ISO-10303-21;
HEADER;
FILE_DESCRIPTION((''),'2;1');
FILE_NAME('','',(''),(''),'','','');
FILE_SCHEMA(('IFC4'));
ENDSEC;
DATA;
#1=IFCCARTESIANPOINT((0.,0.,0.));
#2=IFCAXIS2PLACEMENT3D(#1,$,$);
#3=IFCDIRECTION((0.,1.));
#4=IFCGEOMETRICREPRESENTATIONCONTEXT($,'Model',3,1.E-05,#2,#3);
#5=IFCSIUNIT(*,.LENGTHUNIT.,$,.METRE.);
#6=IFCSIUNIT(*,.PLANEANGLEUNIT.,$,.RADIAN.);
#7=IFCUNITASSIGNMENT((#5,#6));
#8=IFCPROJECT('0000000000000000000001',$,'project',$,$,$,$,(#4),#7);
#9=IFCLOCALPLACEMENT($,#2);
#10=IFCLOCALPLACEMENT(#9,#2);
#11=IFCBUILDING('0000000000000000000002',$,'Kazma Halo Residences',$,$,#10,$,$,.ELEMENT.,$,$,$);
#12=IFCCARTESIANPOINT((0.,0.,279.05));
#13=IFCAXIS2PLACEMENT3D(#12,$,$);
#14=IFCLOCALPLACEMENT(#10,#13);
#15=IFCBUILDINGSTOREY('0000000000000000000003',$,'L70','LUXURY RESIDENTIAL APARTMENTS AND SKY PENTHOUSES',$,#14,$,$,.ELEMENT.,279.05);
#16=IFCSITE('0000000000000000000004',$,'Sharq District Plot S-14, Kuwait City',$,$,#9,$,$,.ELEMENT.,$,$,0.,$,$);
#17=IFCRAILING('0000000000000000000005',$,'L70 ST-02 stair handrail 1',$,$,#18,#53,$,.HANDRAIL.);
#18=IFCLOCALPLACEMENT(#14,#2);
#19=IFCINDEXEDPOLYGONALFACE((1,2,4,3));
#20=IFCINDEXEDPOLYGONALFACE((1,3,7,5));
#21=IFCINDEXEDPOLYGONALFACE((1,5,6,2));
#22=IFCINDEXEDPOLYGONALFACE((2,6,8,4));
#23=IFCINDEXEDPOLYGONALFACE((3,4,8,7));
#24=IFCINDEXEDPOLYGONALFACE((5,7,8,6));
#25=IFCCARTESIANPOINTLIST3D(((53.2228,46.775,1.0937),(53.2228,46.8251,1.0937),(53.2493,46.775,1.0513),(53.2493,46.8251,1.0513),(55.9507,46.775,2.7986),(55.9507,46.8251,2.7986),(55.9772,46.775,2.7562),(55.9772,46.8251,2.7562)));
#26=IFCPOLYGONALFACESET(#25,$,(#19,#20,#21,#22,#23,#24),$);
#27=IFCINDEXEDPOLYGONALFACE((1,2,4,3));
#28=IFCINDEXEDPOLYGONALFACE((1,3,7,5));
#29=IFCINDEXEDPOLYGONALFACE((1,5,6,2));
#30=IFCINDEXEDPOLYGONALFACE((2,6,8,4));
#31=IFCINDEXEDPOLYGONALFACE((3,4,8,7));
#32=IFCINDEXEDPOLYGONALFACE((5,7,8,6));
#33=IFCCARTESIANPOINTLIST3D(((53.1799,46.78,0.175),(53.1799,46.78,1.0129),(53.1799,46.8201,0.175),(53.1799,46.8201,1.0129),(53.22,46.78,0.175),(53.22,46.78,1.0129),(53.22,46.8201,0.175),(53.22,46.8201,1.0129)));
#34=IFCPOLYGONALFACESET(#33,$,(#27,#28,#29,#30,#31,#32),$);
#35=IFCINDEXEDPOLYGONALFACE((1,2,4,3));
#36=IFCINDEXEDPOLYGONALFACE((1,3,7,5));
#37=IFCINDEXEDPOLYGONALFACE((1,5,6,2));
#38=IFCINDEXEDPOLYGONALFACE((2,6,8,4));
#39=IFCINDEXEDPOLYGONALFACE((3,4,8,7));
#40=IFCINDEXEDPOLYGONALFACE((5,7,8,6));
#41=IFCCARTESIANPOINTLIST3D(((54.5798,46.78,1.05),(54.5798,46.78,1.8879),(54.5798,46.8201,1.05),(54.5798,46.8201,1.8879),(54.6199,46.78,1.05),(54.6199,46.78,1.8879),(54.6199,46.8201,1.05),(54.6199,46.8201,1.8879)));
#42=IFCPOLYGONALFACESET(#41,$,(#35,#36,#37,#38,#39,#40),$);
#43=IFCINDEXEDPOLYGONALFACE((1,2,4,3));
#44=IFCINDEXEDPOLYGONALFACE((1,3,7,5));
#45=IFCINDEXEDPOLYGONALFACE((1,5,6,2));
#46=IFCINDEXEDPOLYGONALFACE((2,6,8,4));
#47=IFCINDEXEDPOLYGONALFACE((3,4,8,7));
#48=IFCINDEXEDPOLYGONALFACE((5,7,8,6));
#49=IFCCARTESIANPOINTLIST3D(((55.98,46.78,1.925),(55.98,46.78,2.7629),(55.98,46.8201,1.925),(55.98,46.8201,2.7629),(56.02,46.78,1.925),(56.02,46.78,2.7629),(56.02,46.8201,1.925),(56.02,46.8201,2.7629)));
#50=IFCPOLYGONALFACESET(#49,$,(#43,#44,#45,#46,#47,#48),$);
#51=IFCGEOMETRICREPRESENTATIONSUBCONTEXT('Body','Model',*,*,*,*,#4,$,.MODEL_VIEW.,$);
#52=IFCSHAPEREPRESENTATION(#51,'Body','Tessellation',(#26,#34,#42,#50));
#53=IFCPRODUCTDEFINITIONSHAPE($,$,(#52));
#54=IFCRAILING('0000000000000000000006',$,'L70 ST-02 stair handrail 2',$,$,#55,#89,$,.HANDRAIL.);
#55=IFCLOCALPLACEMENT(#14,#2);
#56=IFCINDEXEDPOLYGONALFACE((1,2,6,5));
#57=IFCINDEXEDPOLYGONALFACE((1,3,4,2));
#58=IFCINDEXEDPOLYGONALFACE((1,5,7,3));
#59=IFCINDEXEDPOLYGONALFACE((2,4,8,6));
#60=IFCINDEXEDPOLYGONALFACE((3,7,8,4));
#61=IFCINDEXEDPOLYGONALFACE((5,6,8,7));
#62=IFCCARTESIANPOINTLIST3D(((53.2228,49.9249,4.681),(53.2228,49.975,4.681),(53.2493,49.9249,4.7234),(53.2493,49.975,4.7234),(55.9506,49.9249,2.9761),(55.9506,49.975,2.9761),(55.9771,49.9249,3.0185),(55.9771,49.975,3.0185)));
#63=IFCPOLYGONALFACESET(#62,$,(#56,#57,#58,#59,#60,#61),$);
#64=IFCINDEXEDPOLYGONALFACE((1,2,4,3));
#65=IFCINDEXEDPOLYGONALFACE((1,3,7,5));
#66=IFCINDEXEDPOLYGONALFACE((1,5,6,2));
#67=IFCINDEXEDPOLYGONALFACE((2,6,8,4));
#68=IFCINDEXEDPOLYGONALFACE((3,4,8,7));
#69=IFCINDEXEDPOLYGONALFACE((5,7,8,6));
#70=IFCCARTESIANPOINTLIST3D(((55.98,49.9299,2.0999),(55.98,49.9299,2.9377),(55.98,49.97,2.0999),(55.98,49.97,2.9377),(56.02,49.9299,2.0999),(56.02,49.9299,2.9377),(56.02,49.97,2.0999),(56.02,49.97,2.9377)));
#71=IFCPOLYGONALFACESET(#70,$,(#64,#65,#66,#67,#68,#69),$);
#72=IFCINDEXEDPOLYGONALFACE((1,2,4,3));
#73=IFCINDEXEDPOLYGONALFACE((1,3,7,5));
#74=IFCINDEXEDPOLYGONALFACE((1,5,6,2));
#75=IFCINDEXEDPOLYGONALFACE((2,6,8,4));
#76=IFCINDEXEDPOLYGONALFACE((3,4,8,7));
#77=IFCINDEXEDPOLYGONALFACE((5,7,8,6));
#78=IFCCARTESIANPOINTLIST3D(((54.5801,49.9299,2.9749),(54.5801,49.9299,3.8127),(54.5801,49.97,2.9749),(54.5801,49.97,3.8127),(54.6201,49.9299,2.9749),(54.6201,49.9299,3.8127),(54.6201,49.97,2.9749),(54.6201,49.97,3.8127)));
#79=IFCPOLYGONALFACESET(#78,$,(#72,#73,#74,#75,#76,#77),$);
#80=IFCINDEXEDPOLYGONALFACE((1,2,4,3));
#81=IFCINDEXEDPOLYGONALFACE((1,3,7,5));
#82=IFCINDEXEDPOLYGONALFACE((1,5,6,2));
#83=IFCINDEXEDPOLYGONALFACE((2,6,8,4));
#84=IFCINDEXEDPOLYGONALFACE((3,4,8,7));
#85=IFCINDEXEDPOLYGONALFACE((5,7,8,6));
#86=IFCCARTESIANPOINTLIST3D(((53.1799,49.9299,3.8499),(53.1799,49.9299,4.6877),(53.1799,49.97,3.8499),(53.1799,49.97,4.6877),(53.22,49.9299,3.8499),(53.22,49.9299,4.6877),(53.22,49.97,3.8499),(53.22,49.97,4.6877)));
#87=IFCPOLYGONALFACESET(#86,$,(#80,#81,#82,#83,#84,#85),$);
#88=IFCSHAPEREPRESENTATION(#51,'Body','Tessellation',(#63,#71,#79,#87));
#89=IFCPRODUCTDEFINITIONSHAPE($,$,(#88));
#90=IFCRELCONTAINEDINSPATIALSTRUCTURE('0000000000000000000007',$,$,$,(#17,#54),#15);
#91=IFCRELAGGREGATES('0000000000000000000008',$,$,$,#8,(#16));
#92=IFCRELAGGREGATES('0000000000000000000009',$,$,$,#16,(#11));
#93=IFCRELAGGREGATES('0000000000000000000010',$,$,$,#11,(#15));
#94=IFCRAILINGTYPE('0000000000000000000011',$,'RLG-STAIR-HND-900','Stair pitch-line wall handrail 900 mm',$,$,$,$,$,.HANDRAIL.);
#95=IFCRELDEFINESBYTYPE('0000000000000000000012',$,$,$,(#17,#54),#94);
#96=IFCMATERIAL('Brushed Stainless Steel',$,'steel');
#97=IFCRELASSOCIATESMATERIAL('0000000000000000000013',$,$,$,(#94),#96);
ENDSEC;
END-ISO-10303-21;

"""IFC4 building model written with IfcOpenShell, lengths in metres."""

from ifc_helpers import new_model, si_unit, direction, frame, origin, origin_2d, place, context, subcontext, project, spatial, rectangle, extrude, material, type_object, element, save


model = new_model("IFC4")

# Units and contexts
model_context = context("Model", 3, precision=1e-05, world=origin(), true_north=direction((0.0, 1.0)))
body_context = subcontext(model_context, "Body", "Model", "MODEL_VIEW")
ifc_project = project(units=[si_unit("LENGTHUNIT", "METRE"), si_unit("PLANEANGLEUNIT", "RADIAN")], contexts=[model_context])

# Site, building, storey
site_placement = place(None, origin())
site = spatial("IfcSite", under=ifc_project, at=site_placement, Name="Sharq District Plot S-14, Kuwait City", CompositionType="ELEMENT", RefElevation=0.0)
building_placement = place(site_placement, origin())
building = spatial("IfcBuilding", under=site, at=building_placement, Name="Kazma Halo Residences", CompositionType="ELEMENT")
storey_placement = place(building_placement, frame((0.0, 0.0, 279.05)))
storey = spatial("IfcBuildingStorey", under=building, at=storey_placement, Name="L70", Description="LUXURY RESIDENTIAL APARTMENTS AND SKY PENTHOUSES", CompositionType="ELEMENT", Elevation=279.05)

# Railings
ifc_material_1 = material(Name="Brushed Stainless Steel", Category="steel")
railing_type_1 = type_object("IfcRailingType", Name="RLG-STAIR-HND-900", Description="Stair pitch-line wall handrail 900 mm", PredefinedType="HANDRAIL", material=ifc_material_1)
railing_1_placement = place(storey_placement, frame((53.2, 46.8, 0.175)))
element("IfcRailing", 1, at=railing_1_placement, inside=storey, type_object=railing_type_1, Name="L70 ST-02 stair handrail 1", PredefinedType="HANDRAIL", context=body_context, shape_type="SweptSolid", body=[
    extrude(rectangle(XDim=0.05, YDim=0.05, at=origin_2d()), frame((0.0361, 0.0, 0.8975), z_axis=(0.848002, 0.0, 0.529992), x_axis=(0.0, 1.0, 0.0)), (0.0, 0.0, 1.0), 3.2168),
    extrude(rectangle(XDim=0.04, YDim=0.04, at=origin_2d()), origin(), (0.0, 0.0, 1.0), 0.8379),
    extrude(rectangle(XDim=0.04, YDim=0.04, at=origin_2d()), frame((1.3999, 0.0, 0.875)), (0.0, 0.0, 1.0), 0.8379),
    extrude(rectangle(XDim=0.04, YDim=0.04, at=origin_2d()), frame((2.8, 0.0, 1.75)), (0.0, 0.0, 1.0), 0.8379),
])
railing_2_placement = place(storey_placement, frame((56.0, 49.95, 2.0999)))
element("IfcRailing", 2, at=railing_2_placement, inside=storey, type_object=railing_type_1, Name="L70 ST-02 stair handrail 2", PredefinedType="HANDRAIL", context=body_context, shape_type="SweptSolid", body=[
    extrude(rectangle(XDim=0.05, YDim=0.05, at=origin_2d()), frame((-0.0361, 0.0, 0.8975), z_axis=(-0.848002, 0.0, 0.529992), x_axis=(0.0, -1.0, 0.0)), (0.0, 0.0, 1.0), 3.2168),
    extrude(rectangle(XDim=0.04, YDim=0.04, at=origin_2d()), origin(), (0.0, 0.0, 1.0), 0.8379),
    extrude(rectangle(XDim=0.04, YDim=0.04, at=origin_2d()), frame((-1.3999, 0.0, 0.875)), (0.0, 0.0, 1.0), 0.8379),
    extrude(rectangle(XDim=0.04, YDim=0.04, at=origin_2d()), frame((-2.8, 0.0, 1.75)), (0.0, 0.0, 1.0), 0.8379),
])

save(model, "model.ifc")
